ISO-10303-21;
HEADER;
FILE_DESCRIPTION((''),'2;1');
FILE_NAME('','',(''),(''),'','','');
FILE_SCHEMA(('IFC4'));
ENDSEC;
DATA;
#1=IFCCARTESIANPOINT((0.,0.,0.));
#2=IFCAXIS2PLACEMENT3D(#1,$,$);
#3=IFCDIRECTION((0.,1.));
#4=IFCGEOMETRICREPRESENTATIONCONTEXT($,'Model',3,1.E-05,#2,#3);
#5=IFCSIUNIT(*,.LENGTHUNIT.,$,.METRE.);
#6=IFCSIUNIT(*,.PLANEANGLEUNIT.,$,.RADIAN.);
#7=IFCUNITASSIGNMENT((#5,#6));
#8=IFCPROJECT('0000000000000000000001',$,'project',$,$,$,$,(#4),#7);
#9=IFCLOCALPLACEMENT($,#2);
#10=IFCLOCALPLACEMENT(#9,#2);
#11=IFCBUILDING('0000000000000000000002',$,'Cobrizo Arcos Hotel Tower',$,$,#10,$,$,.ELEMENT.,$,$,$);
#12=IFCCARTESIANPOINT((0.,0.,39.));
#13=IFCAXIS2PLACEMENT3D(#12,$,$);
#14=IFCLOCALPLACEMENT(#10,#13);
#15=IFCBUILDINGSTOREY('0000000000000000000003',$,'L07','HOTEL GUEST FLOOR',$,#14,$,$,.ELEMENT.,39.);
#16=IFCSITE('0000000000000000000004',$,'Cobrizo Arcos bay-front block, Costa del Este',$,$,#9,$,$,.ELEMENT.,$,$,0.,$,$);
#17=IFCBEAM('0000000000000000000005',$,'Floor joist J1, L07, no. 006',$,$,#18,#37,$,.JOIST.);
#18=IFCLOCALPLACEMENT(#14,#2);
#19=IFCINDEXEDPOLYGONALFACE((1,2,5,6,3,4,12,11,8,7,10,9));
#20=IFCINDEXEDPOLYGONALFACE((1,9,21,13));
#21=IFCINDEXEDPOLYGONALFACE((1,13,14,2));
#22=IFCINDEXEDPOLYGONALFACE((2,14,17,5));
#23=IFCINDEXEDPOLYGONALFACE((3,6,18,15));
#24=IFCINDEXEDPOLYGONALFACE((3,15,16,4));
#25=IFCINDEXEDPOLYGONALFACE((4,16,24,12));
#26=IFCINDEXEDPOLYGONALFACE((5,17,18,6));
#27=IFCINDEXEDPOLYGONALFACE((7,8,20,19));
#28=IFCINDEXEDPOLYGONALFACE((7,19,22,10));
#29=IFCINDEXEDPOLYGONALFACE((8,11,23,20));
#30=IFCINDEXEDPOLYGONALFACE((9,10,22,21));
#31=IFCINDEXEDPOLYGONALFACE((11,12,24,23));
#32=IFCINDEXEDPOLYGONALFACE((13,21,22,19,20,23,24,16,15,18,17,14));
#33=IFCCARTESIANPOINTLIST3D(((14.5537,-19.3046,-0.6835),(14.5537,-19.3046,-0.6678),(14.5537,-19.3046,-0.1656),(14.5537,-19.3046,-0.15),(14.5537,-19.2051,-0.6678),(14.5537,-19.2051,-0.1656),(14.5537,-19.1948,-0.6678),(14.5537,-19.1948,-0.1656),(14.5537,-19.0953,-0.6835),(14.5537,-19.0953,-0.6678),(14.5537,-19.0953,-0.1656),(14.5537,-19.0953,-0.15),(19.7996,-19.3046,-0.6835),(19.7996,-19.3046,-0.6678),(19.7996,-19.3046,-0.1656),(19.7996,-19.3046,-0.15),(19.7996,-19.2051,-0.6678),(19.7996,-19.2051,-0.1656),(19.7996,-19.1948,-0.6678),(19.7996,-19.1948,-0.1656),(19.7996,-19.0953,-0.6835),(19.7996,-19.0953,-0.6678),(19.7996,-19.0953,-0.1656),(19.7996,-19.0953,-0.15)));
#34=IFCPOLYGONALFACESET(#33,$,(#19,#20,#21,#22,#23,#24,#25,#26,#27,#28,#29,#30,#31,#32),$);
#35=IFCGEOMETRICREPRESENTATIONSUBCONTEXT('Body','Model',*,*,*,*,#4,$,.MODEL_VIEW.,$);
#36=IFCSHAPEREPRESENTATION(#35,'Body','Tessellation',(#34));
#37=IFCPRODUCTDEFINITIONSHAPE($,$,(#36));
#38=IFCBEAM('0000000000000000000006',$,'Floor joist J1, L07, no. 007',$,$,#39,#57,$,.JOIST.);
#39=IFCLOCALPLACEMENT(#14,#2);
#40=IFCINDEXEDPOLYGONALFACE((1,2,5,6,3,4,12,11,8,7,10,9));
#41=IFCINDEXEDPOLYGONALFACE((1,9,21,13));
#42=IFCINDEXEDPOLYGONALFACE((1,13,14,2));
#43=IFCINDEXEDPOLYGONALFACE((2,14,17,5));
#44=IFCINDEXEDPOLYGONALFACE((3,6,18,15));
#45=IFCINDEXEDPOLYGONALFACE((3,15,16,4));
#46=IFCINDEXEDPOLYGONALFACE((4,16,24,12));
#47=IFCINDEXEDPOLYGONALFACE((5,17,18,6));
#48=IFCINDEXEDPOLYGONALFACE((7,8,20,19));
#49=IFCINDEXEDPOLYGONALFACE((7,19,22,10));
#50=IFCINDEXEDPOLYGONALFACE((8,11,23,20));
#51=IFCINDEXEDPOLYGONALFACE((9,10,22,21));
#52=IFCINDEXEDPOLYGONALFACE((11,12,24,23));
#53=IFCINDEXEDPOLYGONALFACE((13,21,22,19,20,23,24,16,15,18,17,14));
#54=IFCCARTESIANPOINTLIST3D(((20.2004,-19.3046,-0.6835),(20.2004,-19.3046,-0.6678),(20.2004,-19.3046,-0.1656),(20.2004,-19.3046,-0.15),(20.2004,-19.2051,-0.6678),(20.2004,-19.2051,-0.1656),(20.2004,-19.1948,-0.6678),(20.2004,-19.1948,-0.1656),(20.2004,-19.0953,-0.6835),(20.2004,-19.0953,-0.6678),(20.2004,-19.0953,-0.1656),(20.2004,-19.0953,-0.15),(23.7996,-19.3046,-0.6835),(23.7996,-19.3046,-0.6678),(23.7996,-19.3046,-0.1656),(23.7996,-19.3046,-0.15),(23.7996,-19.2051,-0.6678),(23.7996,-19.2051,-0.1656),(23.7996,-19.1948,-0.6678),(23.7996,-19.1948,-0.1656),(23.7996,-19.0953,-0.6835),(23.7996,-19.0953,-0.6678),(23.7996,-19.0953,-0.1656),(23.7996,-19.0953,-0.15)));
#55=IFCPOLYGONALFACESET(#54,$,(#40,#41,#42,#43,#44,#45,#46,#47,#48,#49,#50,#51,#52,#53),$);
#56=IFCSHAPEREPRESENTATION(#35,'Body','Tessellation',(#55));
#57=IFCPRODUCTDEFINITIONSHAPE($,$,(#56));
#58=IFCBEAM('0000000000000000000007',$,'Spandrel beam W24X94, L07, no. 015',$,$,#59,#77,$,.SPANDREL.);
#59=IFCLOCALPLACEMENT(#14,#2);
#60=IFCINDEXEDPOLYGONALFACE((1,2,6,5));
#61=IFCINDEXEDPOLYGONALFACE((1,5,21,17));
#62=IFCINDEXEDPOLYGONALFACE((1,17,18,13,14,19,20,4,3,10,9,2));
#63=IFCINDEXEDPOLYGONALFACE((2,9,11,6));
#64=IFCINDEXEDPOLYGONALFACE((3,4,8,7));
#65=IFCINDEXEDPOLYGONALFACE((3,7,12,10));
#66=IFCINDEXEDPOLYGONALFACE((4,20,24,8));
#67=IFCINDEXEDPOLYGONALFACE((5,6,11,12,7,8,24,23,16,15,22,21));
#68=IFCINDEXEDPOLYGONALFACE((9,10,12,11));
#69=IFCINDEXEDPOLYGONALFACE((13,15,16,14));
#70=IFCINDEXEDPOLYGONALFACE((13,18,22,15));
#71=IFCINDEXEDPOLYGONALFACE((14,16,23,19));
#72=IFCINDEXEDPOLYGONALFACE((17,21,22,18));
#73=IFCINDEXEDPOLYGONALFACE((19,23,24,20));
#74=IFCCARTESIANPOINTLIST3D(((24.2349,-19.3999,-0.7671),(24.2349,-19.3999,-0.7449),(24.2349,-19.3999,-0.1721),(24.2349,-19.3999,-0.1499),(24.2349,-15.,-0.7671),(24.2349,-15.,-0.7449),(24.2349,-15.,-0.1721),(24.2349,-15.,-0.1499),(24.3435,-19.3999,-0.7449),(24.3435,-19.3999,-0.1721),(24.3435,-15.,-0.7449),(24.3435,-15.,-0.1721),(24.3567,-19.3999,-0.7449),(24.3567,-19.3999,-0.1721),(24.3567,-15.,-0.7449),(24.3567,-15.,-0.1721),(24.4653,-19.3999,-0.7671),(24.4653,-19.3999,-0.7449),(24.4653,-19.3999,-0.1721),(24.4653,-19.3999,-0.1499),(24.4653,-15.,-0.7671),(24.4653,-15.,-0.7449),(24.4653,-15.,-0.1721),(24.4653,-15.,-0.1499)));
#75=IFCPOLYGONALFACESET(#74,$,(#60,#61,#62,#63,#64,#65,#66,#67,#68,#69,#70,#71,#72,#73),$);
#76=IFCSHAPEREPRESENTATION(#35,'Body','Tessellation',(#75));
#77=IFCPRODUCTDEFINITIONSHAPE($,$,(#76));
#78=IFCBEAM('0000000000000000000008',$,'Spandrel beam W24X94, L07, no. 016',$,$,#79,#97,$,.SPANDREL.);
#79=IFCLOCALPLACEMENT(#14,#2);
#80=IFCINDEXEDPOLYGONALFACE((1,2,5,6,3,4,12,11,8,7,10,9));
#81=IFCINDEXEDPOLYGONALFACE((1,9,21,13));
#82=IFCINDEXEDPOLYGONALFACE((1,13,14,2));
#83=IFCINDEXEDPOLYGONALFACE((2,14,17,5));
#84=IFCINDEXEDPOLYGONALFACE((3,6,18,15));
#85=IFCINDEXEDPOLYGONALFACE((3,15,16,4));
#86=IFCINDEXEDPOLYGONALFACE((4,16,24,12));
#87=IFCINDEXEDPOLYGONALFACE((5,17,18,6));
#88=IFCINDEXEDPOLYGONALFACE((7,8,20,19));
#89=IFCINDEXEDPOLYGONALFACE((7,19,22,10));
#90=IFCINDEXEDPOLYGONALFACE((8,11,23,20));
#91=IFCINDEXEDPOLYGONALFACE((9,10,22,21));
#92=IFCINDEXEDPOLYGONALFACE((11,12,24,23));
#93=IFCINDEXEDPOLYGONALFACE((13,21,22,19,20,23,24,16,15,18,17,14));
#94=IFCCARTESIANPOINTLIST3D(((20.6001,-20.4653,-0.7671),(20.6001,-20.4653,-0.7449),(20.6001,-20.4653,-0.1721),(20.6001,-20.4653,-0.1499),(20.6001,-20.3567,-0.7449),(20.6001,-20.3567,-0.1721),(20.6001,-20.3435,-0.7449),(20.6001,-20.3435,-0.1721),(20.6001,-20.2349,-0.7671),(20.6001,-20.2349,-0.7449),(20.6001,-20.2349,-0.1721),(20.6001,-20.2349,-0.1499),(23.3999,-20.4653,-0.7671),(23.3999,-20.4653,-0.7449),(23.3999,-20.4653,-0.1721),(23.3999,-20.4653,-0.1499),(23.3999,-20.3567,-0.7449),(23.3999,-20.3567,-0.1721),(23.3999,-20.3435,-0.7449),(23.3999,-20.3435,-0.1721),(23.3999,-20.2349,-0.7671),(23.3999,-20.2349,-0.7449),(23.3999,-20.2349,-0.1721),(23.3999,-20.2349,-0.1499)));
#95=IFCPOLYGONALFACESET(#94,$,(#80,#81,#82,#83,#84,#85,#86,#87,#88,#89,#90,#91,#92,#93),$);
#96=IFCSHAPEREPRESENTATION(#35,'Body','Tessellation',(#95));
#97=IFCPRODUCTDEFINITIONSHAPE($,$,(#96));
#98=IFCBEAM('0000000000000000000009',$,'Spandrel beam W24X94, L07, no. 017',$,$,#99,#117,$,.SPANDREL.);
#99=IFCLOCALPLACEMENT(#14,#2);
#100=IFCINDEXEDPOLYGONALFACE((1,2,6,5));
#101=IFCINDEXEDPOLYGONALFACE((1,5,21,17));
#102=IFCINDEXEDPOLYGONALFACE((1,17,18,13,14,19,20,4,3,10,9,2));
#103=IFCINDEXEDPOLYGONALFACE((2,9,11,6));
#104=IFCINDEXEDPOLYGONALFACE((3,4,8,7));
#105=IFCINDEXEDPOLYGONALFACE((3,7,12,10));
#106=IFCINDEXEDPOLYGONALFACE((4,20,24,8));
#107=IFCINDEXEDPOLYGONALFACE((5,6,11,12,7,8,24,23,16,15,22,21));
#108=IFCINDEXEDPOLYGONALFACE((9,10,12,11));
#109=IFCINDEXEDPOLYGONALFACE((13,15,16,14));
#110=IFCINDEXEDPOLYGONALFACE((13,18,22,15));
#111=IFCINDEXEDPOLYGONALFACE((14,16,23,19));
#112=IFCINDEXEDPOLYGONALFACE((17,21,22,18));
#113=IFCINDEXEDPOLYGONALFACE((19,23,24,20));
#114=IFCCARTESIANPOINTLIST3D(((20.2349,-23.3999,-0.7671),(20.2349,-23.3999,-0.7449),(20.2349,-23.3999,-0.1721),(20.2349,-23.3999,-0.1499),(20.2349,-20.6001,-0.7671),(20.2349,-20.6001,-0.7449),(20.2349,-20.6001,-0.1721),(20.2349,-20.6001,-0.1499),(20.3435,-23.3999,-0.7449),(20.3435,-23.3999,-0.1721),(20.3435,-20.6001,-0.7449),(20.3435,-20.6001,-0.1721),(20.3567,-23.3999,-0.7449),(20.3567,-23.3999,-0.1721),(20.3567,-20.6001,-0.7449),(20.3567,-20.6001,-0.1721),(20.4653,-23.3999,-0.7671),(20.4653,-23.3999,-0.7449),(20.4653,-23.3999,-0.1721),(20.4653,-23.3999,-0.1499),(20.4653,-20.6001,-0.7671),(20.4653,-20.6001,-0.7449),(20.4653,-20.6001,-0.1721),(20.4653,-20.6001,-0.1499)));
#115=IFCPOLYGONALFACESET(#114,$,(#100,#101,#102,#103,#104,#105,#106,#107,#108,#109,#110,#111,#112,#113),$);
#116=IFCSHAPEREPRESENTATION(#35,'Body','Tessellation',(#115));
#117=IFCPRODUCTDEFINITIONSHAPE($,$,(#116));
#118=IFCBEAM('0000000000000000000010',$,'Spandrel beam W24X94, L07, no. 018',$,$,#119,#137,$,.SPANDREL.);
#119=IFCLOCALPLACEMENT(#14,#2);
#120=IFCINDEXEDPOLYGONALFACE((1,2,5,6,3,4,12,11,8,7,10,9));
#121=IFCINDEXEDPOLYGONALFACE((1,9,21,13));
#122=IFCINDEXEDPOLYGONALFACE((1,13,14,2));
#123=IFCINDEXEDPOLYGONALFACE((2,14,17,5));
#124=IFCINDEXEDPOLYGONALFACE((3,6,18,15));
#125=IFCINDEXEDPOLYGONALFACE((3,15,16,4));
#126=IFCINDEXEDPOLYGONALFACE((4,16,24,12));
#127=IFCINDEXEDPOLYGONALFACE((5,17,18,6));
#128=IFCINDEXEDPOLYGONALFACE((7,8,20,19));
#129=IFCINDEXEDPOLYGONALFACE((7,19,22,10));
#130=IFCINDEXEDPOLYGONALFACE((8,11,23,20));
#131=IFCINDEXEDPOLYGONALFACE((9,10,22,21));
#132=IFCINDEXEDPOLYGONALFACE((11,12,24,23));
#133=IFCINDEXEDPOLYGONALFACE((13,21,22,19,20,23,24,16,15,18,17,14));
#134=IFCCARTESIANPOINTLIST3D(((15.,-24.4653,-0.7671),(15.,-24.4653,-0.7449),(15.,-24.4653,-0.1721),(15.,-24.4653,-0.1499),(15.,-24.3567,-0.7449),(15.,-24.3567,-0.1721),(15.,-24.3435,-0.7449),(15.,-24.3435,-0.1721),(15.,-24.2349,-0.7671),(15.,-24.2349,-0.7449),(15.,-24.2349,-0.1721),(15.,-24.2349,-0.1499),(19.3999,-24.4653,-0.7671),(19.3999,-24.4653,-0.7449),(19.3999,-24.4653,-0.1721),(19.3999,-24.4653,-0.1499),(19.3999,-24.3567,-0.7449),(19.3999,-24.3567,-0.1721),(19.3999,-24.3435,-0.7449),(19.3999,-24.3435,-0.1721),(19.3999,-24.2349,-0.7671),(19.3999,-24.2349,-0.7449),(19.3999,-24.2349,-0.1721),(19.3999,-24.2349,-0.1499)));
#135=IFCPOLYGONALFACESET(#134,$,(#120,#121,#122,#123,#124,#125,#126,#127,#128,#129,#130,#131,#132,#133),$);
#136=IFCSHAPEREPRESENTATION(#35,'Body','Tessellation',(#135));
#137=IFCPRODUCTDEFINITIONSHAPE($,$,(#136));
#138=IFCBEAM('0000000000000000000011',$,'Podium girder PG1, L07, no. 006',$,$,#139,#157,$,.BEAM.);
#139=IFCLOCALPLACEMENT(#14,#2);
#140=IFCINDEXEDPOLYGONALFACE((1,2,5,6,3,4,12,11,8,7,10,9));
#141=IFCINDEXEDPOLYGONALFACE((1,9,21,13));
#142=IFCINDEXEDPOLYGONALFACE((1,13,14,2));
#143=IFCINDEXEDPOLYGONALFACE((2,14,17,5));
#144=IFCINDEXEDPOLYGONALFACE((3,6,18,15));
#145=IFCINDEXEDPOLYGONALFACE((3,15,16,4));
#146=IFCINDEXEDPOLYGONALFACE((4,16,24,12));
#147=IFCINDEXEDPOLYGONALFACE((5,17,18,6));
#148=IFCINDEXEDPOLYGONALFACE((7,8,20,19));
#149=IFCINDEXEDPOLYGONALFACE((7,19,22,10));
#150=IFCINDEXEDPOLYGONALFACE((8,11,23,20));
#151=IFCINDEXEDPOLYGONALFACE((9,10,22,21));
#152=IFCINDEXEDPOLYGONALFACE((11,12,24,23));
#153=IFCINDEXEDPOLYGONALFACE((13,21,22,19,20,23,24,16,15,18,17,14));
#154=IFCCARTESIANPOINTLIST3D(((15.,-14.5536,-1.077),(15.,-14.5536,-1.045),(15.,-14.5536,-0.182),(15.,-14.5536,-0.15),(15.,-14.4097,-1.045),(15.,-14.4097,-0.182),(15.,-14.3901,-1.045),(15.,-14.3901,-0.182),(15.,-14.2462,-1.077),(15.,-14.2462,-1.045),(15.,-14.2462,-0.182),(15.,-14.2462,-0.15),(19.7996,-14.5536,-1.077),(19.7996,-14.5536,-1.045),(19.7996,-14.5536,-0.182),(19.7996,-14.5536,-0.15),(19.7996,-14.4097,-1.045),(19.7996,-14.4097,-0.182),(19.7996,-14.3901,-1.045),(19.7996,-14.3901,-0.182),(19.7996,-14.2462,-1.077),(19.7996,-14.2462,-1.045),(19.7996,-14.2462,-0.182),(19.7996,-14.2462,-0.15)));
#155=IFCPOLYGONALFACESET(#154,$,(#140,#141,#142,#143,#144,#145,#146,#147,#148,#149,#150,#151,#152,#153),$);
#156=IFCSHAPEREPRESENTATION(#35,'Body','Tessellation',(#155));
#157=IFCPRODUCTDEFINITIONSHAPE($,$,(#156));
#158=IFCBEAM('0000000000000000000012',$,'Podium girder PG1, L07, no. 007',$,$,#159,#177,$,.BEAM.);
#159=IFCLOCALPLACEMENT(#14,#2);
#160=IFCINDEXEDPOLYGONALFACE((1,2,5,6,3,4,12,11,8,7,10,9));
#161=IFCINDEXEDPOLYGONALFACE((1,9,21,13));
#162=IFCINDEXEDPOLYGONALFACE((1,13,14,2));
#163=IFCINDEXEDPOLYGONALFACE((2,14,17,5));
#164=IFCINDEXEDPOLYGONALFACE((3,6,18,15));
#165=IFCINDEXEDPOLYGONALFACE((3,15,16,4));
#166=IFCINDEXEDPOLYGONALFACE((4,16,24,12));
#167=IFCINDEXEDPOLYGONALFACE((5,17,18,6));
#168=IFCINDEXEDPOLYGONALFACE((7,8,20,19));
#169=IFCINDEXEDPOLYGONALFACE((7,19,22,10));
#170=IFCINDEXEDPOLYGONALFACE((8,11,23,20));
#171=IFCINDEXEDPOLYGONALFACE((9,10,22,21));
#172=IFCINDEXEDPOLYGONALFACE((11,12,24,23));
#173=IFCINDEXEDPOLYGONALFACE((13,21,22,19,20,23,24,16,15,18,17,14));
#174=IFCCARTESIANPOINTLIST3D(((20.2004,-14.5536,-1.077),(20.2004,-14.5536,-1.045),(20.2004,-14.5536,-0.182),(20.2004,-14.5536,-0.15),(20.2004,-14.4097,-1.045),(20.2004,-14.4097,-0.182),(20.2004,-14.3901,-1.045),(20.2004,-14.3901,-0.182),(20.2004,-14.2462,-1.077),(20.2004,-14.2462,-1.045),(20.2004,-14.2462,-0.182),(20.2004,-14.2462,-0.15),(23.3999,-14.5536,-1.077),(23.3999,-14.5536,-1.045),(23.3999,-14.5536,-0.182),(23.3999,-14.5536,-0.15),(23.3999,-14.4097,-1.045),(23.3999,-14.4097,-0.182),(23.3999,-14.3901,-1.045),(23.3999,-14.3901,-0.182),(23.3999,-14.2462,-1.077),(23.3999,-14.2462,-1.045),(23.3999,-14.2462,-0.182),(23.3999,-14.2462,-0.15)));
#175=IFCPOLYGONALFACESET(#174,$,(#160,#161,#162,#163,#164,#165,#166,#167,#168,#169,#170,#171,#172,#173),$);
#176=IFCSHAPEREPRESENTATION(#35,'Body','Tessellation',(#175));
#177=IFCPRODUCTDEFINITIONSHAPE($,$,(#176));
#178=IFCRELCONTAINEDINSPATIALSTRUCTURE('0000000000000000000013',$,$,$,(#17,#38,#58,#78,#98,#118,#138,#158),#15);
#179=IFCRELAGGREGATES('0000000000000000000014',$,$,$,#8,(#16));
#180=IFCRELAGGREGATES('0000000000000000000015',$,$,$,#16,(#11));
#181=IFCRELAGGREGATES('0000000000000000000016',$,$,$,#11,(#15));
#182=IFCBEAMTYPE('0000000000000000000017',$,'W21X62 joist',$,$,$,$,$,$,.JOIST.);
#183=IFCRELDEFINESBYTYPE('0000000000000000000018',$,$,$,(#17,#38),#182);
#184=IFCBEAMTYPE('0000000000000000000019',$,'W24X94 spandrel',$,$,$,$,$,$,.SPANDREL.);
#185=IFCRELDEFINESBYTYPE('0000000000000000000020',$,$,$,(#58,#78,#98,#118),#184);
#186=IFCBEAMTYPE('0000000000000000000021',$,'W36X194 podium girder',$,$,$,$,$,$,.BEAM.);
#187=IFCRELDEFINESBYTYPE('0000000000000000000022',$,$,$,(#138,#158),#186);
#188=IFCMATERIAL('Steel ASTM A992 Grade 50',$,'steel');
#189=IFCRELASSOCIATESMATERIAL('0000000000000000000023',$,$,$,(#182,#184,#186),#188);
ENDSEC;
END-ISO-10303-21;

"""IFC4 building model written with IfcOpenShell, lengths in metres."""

from ifc_helpers import new_model, si_unit, direction, frame, origin, origin_2d, place, context, subcontext, project, spatial, i_section, extrude, material, material_profile, profile_set, type_object, element, save


model = new_model("IFC4")

# Units and contexts
model_context = context("Model", 3, precision=1e-05, world=origin(), true_north=direction((0.0, 1.0)))
body_context = subcontext(model_context, "Body", "Model", "MODEL_VIEW")
ifc_project = project(units=[si_unit("LENGTHUNIT", "METRE"), si_unit("PLANEANGLEUNIT", "RADIAN")], contexts=[model_context])

# Site, building, storey
site_placement = place(None, origin())
site = spatial("IfcSite", under=ifc_project, at=site_placement, Name="Cobrizo Arcos bay-front block, Costa del Este", CompositionType="ELEMENT", RefElevation=0.0)
building_placement = place(site_placement, origin())
building = spatial("IfcBuilding", under=site, at=building_placement, Name="Cobrizo Arcos Hotel Tower", CompositionType="ELEMENT")
storey_placement = place(building_placement, frame((0.0, 0.0, 39.0)))
storey = spatial("IfcBuildingStorey", under=building, at=storey_placement, Name="L07", Description="HOTEL GUEST FLOOR", CompositionType="ELEMENT", Elevation=39.0)

# Beams
ifc_material_1 = material(Name="Steel ASTM A992 Grade 50", Category="steel")
ifc_material_profile_1 = material_profile(ifc_material_1, i_section(OverallWidth=0.2092, OverallDepth=0.5334, WebThickness=0.0103, FlangeThickness=0.0156, at=origin_2d()), Name="W21X62")
ifc_profile_set_1 = profile_set([ifc_material_profile_1], Name="Steel ASTM A992 Grade 50")
beam_type_1 = type_object("IfcBeamType", Name="W21X62 joist", PredefinedType="JOIST", material=ifc_profile_set_1)
beam_1_placement = place(storey_placement, frame((14.5537, -19.2, -0.4167), z_axis=(1.0, 0.0, 0.0), x_axis=(0.0, 1.0, 0.0)))
element("IfcBeam", 1, at=beam_1_placement, inside=storey, type_object=beam_type_1, Name="Floor joist J1, L07, no. 006", PredefinedType="JOIST", context=body_context, shape_type="SweptSolid", body=[
    extrude(i_section(OverallWidth=0.2092, OverallDepth=0.5334, WebThickness=0.0103, FlangeThickness=0.0156, at=origin_2d()), origin(), (0.0, 0.0, 1.0), 5.2458),
])
beam_2_placement = place(storey_placement, frame((20.2004, -19.2, -0.4167), z_axis=(1.0, 0.0, 0.0), x_axis=(0.0, 1.0, 0.0)))
element("IfcBeam", 2, at=beam_2_placement, inside=storey, type_object=beam_type_1, Name="Floor joist J1, L07, no. 007", PredefinedType="JOIST", context=body_context, shape_type="SweptSolid", body=[
    extrude(i_section(OverallWidth=0.2092, OverallDepth=0.5334, WebThickness=0.0103, FlangeThickness=0.0156, at=origin_2d()), origin(), (0.0, 0.0, 1.0), 3.5991),
])
ifc_material_profile_2 = material_profile(ifc_material_1, i_section(OverallWidth=0.2305, OverallDepth=0.6172, WebThickness=0.0132, FlangeThickness=0.0222, at=origin_2d()), Name="W24X94")
ifc_profile_set_2 = profile_set([ifc_material_profile_2], Name="Steel ASTM A992 Grade 50")
beam_type_2 = type_object("IfcBeamType", Name="W24X94 spandrel", PredefinedType="SPANDREL", material=ifc_profile_set_2)
beam_3_placement = place(storey_placement, frame((24.3501, -15.0, -0.4585), z_axis=(0.0, -1.0, 0.0), x_axis=(1.0, 0.0, 0.0)))
element("IfcBeam", 3, at=beam_3_placement, inside=storey, type_object=beam_type_2, Name="Spandrel beam W24X94, L07, no. 015", PredefinedType="SPANDREL", context=body_context, shape_type="SweptSolid", body=[
    extrude(i_section(OverallWidth=0.2305, OverallDepth=0.6172, WebThickness=0.0132, FlangeThickness=0.0222, at=origin_2d()), origin(), (0.0, 0.0, 1.0), 4.3999),
])
for number, where, z_axis, x_axis, name in (
    (4, (23.3999, -20.3501, -0.4585), (-1.0, 0.0, 0.0), (0.0, -1.0, 0.0), "Spandrel beam W24X94, L07, no. 016"),
    (5, (20.3501, -20.6001, -0.4585), (0.0, -1.0, 0.0), (1.0, 0.0, 0.0), "Spandrel beam W24X94, L07, no. 017"),
):
    element("IfcBeam", number, at=place(storey_placement, frame(where, z_axis=z_axis, x_axis=x_axis)), inside=storey, type_object=beam_type_2, Name=name, PredefinedType="SPANDREL", context=body_context, shape_type="SweptSolid", body=[
        extrude(i_section(OverallWidth=0.2305, OverallDepth=0.6172, WebThickness=0.0132, FlangeThickness=0.0222, at=origin_2d()), origin(), (0.0, 0.0, 1.0), 2.7998),
    ])
beam_4_placement = place(storey_placement, frame((19.3999, -24.3501, -0.4585), z_axis=(-1.0, 0.0, 0.0), x_axis=(0.0, -1.0, 0.0)))
element("IfcBeam", 6, at=beam_4_placement, inside=storey, type_object=beam_type_2, Name="Spandrel beam W24X94, L07, no. 018", PredefinedType="SPANDREL", context=body_context, shape_type="SweptSolid", body=[
    extrude(i_section(OverallWidth=0.2305, OverallDepth=0.6172, WebThickness=0.0132, FlangeThickness=0.0222, at=origin_2d()), origin(), (0.0, 0.0, 1.0), 4.3999),
])
ifc_material_profile_3 = material_profile(ifc_material_1, i_section(OverallWidth=0.3074, OverallDepth=0.927, WebThickness=0.0195, FlangeThickness=0.032, at=origin_2d()), Name="W36X194")
ifc_profile_set_3 = profile_set([ifc_material_profile_3], Name="Steel ASTM A992 Grade 50")
beam_type_3 = type_object("IfcBeamType", Name="W36X194 podium girder", PredefinedType="BEAM", material=ifc_profile_set_3)
beam_5_placement = place(storey_placement, frame((15.0, -14.3999, -0.6135), z_axis=(1.0, 0.0, 0.0), x_axis=(0.0, 1.0, 0.0)))
element("IfcBeam", 7, at=beam_5_placement, inside=storey, type_object=beam_type_3, Name="Podium girder PG1, L07, no. 006", PredefinedType="BEAM", context=body_context, shape_type="SweptSolid", body=[
    extrude(i_section(OverallWidth=0.3074, OverallDepth=0.927, WebThickness=0.0195, FlangeThickness=0.032, at=origin_2d()), origin(), (0.0, 0.0, 1.0), 4.7996),
])
beam_6_placement = place(storey_placement, frame((20.2004, -14.3999, -0.6135), z_axis=(1.0, 0.0, 0.0), x_axis=(0.0, 1.0, 0.0)))
element("IfcBeam", 8, at=beam_6_placement, inside=storey, type_object=beam_type_3, Name="Podium girder PG1, L07, no. 007", PredefinedType="BEAM", context=body_context, shape_type="SweptSolid", body=[
    extrude(i_section(OverallWidth=0.3074, OverallDepth=0.927, WebThickness=0.0195, FlangeThickness=0.032, at=origin_2d()), origin(), (0.0, 0.0, 1.0), 3.1995),
])

save(model, "model.ifc")
